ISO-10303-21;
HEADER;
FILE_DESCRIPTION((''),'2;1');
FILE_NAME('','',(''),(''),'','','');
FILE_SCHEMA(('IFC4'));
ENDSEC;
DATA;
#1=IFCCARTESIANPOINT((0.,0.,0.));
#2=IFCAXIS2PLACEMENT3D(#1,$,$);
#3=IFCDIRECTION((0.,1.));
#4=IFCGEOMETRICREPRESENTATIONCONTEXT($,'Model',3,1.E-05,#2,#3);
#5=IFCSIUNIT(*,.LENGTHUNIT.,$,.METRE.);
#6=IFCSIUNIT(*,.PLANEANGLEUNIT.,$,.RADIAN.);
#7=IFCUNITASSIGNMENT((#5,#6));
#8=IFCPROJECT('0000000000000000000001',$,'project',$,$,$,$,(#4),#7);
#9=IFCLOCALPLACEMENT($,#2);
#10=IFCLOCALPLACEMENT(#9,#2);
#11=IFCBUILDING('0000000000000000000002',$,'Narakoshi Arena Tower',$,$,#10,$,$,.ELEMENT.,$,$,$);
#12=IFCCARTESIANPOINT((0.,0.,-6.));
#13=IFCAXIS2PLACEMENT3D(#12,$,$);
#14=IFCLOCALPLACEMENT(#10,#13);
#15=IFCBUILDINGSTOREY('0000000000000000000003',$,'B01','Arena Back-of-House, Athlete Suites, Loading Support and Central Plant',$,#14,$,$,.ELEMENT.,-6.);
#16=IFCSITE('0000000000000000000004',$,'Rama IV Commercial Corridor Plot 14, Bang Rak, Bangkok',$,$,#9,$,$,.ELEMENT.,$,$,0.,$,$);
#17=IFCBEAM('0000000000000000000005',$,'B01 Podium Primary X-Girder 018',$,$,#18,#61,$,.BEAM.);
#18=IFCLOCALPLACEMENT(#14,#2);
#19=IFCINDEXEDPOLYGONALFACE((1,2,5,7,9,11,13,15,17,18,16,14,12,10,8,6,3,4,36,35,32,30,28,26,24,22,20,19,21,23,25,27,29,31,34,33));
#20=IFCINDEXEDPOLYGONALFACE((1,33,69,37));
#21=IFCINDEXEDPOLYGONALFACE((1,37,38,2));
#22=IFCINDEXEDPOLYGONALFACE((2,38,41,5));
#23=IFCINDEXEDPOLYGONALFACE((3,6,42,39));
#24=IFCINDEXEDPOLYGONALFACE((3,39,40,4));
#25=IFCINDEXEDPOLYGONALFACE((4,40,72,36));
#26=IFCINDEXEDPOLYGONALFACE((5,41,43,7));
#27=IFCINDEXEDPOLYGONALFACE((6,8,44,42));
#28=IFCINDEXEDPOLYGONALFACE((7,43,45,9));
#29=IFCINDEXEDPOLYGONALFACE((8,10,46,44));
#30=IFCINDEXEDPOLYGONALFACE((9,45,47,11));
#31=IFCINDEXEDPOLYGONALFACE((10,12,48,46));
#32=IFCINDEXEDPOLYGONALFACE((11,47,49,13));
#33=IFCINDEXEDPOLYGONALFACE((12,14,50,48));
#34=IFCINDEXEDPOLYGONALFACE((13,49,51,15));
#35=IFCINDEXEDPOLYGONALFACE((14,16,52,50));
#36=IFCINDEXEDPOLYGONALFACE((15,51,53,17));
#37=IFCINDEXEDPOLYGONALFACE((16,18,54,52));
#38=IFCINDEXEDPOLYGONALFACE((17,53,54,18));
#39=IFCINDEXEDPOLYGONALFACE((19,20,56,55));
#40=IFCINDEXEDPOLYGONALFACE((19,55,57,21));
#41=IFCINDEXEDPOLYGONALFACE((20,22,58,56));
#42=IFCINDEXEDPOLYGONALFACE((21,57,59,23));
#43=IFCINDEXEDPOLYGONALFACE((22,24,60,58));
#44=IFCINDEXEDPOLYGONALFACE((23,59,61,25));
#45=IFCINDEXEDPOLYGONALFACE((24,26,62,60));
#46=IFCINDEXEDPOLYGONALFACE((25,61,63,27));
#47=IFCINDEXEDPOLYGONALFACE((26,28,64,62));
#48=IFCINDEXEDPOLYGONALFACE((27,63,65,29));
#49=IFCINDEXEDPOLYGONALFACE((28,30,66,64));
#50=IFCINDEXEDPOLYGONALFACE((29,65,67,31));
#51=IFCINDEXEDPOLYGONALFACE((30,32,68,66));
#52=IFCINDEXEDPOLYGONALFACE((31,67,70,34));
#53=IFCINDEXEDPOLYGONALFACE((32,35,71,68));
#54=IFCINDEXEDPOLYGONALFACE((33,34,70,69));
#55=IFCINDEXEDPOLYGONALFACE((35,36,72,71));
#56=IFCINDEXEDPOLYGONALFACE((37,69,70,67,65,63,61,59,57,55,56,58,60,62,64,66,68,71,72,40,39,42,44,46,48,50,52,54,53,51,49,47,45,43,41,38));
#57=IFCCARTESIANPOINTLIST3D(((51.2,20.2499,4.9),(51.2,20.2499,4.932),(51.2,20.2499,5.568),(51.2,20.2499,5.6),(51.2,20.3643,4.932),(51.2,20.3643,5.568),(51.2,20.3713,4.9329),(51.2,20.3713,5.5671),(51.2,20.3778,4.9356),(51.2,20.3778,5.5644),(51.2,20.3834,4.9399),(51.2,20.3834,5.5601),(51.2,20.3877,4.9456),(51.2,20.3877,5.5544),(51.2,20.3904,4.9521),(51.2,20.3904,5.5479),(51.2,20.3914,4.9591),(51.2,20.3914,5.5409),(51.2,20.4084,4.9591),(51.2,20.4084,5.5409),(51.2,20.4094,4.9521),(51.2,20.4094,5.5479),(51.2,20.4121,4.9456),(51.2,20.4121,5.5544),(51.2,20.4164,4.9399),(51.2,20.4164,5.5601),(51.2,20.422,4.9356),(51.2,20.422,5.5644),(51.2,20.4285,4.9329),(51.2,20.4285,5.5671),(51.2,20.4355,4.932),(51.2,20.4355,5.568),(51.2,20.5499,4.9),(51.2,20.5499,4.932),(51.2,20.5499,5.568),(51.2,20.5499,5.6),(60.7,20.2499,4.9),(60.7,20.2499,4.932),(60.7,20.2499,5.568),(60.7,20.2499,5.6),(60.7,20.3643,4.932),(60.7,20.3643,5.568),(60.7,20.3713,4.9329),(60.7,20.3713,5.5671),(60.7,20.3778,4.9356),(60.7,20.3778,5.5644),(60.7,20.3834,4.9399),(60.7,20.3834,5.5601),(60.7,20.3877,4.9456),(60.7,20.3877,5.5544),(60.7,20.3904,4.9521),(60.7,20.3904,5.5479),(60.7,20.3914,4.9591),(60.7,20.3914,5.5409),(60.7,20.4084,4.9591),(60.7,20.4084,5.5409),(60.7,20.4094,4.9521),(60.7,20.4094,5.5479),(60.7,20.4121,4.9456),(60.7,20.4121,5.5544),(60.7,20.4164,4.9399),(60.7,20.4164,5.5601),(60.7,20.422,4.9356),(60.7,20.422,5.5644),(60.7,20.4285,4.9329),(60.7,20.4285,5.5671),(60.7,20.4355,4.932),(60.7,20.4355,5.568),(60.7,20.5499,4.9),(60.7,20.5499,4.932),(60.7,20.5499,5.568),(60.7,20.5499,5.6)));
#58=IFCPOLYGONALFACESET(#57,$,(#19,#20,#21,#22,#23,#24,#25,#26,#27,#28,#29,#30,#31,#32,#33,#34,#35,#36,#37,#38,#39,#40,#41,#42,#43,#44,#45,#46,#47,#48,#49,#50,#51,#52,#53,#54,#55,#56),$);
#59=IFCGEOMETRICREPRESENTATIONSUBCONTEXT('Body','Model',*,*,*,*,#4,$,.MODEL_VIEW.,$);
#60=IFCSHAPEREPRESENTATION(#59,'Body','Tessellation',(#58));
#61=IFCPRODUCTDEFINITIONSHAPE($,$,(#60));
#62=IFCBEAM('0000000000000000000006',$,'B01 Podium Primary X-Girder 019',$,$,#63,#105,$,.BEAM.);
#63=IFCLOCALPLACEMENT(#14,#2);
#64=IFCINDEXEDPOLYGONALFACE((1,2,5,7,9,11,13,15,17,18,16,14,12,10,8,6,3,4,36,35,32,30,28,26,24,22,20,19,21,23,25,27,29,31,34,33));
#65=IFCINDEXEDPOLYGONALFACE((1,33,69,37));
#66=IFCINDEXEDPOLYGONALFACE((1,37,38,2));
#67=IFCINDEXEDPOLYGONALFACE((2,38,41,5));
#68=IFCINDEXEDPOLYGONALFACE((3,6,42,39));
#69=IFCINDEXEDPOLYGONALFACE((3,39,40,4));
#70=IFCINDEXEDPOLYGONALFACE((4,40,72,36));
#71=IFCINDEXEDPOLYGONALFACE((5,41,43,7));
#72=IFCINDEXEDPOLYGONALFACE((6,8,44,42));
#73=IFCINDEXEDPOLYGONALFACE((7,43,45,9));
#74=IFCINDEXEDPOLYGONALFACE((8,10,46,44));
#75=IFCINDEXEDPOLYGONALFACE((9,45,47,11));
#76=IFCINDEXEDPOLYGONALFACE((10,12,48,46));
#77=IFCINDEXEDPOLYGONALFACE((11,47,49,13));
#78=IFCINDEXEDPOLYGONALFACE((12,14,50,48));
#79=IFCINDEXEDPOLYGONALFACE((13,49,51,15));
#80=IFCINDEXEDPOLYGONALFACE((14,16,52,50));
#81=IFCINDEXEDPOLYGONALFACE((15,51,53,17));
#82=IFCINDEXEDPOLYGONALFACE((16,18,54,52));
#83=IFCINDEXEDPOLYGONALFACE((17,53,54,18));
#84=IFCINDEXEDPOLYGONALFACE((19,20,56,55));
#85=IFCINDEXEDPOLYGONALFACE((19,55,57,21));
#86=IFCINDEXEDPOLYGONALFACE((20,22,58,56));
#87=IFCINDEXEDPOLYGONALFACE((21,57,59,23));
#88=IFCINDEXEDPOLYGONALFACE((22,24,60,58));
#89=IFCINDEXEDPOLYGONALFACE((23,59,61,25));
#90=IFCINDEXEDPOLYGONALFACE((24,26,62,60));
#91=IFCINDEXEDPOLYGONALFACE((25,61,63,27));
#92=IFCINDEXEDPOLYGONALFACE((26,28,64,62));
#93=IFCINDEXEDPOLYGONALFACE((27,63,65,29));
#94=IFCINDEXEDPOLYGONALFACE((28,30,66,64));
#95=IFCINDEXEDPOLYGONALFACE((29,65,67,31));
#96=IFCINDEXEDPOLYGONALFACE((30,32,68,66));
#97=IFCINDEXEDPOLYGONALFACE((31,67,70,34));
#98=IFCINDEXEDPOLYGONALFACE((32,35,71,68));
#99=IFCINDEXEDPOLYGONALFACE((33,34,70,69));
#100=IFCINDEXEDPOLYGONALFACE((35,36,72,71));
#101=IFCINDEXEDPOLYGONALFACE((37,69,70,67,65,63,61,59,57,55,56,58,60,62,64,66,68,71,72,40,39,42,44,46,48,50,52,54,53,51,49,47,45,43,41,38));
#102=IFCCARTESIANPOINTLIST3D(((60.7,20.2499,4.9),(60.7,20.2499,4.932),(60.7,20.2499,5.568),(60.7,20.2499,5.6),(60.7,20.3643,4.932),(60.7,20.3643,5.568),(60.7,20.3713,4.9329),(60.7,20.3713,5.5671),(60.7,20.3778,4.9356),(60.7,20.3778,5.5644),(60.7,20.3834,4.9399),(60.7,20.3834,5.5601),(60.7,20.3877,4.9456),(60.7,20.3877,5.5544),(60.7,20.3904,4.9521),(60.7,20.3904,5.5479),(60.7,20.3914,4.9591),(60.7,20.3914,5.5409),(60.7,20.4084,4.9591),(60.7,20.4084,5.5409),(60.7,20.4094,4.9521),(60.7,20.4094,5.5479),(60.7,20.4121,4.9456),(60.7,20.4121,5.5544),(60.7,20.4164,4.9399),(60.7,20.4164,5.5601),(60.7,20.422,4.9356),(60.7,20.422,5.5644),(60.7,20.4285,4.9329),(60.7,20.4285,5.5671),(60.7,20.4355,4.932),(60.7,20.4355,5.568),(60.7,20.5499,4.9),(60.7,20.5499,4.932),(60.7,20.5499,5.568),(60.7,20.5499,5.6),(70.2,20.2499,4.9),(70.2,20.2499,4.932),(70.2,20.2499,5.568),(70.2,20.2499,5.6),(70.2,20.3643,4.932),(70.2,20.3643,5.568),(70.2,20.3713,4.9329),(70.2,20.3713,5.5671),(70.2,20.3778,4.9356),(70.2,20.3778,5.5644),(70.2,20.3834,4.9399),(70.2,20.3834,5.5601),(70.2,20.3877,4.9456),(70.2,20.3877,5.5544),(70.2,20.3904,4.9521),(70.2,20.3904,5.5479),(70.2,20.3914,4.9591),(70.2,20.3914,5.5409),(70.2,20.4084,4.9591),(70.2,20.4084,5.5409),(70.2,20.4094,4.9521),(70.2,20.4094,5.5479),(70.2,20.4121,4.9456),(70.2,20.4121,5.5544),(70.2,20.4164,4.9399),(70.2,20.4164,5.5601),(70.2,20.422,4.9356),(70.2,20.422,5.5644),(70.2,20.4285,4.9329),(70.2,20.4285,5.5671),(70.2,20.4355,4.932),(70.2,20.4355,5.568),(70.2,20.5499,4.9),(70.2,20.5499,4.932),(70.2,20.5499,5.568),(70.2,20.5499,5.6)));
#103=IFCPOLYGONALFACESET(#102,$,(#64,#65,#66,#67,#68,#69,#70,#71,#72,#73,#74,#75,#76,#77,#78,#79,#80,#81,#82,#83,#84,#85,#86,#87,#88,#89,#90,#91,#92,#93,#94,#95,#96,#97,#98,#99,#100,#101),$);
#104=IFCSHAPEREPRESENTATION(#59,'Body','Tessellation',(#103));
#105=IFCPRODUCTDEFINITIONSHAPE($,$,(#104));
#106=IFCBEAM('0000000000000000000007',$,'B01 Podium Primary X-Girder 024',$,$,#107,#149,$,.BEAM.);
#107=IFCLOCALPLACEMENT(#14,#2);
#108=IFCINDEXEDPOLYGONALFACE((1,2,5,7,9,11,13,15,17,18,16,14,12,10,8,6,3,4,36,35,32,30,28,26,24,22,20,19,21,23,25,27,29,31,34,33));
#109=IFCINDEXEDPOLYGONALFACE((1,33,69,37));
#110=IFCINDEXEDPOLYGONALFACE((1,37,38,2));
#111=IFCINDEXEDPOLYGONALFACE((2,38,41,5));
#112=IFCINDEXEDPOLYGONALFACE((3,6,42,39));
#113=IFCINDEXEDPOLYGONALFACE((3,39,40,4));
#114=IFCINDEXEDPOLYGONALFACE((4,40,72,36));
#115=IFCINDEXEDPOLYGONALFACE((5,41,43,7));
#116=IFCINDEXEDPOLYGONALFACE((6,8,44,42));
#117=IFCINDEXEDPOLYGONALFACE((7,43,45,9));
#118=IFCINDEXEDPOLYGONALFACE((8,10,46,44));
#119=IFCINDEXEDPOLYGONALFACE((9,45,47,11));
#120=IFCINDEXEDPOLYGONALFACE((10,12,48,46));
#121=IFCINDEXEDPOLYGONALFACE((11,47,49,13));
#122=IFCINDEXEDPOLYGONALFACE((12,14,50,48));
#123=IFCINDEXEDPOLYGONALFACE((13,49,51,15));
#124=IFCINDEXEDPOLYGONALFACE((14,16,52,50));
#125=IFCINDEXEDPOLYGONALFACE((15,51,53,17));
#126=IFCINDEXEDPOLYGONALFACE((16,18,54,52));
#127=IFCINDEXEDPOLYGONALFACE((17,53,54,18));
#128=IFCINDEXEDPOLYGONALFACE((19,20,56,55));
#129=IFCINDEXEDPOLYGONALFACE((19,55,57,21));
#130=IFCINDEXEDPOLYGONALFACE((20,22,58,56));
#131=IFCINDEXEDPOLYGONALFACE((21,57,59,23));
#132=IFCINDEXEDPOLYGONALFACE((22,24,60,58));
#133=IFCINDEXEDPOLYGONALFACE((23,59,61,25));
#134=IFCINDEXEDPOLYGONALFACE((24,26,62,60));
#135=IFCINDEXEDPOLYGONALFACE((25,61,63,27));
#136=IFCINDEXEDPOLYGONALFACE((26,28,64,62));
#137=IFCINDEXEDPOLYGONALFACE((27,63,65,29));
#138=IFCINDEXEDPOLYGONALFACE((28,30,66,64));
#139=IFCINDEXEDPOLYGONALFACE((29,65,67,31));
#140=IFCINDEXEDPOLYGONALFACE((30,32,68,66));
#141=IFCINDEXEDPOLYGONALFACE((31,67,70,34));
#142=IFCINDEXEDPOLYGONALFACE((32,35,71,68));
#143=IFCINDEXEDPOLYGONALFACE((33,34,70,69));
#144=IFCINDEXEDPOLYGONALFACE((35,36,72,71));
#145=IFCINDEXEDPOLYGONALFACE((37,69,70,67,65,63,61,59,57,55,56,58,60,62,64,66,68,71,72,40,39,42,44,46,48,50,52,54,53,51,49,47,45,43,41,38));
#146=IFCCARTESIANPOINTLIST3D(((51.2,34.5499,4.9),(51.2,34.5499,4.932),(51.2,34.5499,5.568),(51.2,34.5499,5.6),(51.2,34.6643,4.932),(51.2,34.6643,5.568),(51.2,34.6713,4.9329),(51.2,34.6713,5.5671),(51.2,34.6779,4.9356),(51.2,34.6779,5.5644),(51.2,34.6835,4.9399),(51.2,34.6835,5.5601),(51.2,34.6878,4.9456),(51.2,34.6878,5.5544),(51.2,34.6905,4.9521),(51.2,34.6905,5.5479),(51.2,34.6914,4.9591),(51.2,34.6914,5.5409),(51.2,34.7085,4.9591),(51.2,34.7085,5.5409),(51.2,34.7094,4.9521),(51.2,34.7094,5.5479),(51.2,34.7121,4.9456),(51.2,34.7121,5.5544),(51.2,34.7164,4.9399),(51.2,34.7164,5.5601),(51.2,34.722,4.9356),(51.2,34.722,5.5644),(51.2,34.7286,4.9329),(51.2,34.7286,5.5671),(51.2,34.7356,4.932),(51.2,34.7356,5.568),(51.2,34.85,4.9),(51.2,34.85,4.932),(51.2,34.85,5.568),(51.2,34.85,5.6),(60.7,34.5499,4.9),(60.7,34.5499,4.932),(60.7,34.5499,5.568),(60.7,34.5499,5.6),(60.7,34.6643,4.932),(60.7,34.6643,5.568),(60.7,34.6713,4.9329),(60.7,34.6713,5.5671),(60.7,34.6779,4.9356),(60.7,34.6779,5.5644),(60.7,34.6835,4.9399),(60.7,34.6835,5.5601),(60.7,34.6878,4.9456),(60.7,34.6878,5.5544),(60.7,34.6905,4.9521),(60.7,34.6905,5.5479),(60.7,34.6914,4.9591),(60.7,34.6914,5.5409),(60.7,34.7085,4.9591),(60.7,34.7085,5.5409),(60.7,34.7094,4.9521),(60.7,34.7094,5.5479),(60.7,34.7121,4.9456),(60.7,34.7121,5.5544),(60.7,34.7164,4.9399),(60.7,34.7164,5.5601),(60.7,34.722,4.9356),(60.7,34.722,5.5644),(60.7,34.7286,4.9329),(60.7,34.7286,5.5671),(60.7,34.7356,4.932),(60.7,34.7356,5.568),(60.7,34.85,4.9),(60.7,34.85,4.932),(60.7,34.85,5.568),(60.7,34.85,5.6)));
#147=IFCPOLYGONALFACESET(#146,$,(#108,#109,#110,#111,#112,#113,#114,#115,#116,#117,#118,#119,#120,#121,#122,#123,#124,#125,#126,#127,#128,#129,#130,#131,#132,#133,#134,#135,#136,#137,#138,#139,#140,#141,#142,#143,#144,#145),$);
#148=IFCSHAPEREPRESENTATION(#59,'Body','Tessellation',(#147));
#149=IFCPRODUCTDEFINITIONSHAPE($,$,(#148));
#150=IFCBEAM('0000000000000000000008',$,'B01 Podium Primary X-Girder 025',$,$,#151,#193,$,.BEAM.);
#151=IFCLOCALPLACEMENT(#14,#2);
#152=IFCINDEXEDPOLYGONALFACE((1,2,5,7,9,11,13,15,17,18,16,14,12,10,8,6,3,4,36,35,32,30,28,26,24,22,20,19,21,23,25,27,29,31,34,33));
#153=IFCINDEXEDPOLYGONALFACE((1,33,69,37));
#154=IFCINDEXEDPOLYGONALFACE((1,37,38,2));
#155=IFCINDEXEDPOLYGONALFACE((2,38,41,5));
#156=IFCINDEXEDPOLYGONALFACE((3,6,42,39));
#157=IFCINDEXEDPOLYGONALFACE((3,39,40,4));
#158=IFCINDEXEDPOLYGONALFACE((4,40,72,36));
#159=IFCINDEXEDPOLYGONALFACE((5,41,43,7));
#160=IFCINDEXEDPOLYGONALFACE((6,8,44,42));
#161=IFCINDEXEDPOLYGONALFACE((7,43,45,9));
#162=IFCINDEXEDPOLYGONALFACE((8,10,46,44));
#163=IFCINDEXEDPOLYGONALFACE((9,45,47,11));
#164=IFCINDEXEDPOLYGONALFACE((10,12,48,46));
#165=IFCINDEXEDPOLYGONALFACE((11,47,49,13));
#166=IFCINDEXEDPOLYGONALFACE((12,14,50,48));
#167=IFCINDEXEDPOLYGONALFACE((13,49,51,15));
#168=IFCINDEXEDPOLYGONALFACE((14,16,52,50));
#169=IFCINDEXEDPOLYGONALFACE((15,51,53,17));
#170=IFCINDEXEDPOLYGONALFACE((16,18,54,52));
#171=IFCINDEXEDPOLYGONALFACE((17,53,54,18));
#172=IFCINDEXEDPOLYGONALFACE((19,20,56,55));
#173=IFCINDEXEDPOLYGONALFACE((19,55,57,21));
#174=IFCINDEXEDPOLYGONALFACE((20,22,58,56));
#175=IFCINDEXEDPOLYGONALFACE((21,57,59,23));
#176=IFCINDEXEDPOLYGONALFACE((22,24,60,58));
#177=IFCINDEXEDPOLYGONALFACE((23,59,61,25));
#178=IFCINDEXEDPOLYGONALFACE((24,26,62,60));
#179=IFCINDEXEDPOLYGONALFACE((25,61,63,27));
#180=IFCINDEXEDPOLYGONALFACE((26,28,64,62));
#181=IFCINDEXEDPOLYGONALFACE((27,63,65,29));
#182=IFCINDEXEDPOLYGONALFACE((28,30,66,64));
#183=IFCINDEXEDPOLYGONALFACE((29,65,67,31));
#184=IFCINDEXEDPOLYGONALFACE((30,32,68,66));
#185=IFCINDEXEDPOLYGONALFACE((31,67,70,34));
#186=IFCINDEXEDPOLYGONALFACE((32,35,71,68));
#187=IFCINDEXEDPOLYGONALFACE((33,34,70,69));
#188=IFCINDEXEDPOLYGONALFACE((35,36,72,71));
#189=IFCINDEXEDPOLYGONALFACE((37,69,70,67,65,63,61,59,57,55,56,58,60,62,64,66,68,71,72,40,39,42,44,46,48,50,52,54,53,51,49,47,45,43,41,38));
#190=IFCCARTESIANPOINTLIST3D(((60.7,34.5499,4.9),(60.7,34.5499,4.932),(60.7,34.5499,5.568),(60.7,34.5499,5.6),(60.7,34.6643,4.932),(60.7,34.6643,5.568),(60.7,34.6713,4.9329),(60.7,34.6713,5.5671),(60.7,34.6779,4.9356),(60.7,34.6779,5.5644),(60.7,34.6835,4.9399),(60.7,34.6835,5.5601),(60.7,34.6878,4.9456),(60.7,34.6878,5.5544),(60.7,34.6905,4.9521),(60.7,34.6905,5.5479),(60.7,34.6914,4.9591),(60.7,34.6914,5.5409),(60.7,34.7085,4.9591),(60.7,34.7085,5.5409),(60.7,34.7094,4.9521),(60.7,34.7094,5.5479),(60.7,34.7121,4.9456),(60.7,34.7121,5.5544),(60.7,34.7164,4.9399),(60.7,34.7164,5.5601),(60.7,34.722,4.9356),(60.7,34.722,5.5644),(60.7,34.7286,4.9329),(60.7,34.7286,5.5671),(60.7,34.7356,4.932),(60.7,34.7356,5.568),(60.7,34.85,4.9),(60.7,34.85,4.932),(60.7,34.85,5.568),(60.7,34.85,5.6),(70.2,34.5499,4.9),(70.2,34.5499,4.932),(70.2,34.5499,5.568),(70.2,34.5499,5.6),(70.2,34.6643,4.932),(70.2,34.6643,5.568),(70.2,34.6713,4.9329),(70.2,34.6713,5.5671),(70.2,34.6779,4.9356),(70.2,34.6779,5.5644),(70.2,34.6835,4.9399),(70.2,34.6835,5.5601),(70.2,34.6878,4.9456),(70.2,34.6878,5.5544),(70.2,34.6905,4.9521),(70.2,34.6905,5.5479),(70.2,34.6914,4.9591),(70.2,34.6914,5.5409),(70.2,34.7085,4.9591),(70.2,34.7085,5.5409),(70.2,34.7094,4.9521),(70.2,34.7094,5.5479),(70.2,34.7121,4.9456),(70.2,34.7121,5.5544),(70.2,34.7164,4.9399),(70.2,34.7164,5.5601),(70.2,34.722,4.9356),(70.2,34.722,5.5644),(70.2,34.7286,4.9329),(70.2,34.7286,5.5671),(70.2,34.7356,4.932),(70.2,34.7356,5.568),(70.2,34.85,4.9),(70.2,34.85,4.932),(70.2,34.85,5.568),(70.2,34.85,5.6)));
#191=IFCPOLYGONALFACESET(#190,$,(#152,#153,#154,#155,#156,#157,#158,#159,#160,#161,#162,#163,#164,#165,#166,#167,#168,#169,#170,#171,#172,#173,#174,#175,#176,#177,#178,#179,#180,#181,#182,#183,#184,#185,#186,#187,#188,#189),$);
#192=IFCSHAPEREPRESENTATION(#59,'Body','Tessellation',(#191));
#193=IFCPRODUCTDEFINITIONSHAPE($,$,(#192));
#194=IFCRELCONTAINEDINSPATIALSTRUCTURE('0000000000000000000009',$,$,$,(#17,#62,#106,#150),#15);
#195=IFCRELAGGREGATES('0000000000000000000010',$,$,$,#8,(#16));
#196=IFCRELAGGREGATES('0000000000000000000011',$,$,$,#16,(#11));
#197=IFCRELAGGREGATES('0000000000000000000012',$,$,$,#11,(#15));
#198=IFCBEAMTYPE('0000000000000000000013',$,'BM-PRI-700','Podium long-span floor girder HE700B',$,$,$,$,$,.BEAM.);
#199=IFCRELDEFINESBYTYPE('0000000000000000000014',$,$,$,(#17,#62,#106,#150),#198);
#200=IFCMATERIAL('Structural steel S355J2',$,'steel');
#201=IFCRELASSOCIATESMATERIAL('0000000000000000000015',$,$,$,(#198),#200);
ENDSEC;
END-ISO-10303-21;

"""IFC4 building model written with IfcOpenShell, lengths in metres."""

from ifc_helpers import new_model, si_unit, direction, frame, origin, origin_2d, place, context, subcontext, project, spatial, i_section, extrude, material, material_profile, profile_set, type_object, element, save


model = new_model("IFC4")

# Units and contexts
model_context = context("Model", 3, precision=1e-05, world=origin(), true_north=direction((0.0, 1.0)))
body_context = subcontext(model_context, "Body", "Model", "MODEL_VIEW")
ifc_project = project(units=[si_unit("LENGTHUNIT", "METRE"), si_unit("PLANEANGLEUNIT", "RADIAN")], contexts=[model_context])

# Site, building, storey
site_placement = place(None, origin())
site = spatial("IfcSite", under=ifc_project, at=site_placement, Name="Rama IV Commercial Corridor Plot 14, Bang Rak, Bangkok", CompositionType="ELEMENT", RefElevation=0.0)
building_placement = place(site_placement, origin())
building = spatial("IfcBuilding", under=site, at=building_placement, Name="Narakoshi Arena Tower", CompositionType="ELEMENT")
storey_placement = place(building_placement, frame((0.0, 0.0, -6.0)))
storey = spatial("IfcBuildingStorey", under=building, at=storey_placement, Name="B01", Description="Arena Back-of-House, Athlete Suites, Loading Support and Central Plant", CompositionType="ELEMENT", Elevation=-6.0)

# Beams
ifc_material_1 = material(Name="Structural steel S355J2", Category="steel")
ifc_material_profile_1 = material_profile(ifc_material_1, i_section(OverallWidth=0.3, OverallDepth=0.7, WebThickness=0.0171, FlangeThickness=0.032, FilletRadius=0.0271, at=origin_2d()), Name="HE700B")
ifc_profile_set_1 = profile_set([ifc_material_profile_1], Name="Structural steel S355J2")
beam_type_1 = type_object("IfcBeamType", Name="BM-PRI-700", Description="Podium long-span floor girder HE700B", PredefinedType="BEAM", material=ifc_profile_set_1)
for number, where, z_axis, x_axis, name in (
    (1, (51.2, 20.3999, 5.25), (1.0, 0.0, 0.0), (0.0, 1.0, 0.0), "B01 Podium Primary X-Girder 018"),
    (2, (60.7, 20.3999, 5.25), (1.0, 0.0, 0.0), (0.0, 1.0, 0.0), "B01 Podium Primary X-Girder 019"),
    (3, (51.2, 34.7, 5.25), (1.0, 0.0, 0.0), (0.0, 1.0, 0.0), "B01 Podium Primary X-Girder 024"),
    (4, (60.7, 34.7, 5.25), (1.0, 0.0, 0.0), (0.0, 1.0, 0.0), "B01 Podium Primary X-Girder 025"),
):
    element("IfcBeam", number, at=place(storey_placement, frame(where, z_axis=z_axis, x_axis=x_axis)), inside=storey, type_object=beam_type_1, Name=name, PredefinedType="BEAM", context=body_context, shape_type="SweptSolid", body=[
        extrude(i_section(OverallWidth=0.3, OverallDepth=0.7, WebThickness=0.0171, FlangeThickness=0.032, FilletRadius=0.0271, at=origin_2d()), origin(), (0.0, 0.0, 1.0), 9.5),
    ])

save(model, "model.ifc")
